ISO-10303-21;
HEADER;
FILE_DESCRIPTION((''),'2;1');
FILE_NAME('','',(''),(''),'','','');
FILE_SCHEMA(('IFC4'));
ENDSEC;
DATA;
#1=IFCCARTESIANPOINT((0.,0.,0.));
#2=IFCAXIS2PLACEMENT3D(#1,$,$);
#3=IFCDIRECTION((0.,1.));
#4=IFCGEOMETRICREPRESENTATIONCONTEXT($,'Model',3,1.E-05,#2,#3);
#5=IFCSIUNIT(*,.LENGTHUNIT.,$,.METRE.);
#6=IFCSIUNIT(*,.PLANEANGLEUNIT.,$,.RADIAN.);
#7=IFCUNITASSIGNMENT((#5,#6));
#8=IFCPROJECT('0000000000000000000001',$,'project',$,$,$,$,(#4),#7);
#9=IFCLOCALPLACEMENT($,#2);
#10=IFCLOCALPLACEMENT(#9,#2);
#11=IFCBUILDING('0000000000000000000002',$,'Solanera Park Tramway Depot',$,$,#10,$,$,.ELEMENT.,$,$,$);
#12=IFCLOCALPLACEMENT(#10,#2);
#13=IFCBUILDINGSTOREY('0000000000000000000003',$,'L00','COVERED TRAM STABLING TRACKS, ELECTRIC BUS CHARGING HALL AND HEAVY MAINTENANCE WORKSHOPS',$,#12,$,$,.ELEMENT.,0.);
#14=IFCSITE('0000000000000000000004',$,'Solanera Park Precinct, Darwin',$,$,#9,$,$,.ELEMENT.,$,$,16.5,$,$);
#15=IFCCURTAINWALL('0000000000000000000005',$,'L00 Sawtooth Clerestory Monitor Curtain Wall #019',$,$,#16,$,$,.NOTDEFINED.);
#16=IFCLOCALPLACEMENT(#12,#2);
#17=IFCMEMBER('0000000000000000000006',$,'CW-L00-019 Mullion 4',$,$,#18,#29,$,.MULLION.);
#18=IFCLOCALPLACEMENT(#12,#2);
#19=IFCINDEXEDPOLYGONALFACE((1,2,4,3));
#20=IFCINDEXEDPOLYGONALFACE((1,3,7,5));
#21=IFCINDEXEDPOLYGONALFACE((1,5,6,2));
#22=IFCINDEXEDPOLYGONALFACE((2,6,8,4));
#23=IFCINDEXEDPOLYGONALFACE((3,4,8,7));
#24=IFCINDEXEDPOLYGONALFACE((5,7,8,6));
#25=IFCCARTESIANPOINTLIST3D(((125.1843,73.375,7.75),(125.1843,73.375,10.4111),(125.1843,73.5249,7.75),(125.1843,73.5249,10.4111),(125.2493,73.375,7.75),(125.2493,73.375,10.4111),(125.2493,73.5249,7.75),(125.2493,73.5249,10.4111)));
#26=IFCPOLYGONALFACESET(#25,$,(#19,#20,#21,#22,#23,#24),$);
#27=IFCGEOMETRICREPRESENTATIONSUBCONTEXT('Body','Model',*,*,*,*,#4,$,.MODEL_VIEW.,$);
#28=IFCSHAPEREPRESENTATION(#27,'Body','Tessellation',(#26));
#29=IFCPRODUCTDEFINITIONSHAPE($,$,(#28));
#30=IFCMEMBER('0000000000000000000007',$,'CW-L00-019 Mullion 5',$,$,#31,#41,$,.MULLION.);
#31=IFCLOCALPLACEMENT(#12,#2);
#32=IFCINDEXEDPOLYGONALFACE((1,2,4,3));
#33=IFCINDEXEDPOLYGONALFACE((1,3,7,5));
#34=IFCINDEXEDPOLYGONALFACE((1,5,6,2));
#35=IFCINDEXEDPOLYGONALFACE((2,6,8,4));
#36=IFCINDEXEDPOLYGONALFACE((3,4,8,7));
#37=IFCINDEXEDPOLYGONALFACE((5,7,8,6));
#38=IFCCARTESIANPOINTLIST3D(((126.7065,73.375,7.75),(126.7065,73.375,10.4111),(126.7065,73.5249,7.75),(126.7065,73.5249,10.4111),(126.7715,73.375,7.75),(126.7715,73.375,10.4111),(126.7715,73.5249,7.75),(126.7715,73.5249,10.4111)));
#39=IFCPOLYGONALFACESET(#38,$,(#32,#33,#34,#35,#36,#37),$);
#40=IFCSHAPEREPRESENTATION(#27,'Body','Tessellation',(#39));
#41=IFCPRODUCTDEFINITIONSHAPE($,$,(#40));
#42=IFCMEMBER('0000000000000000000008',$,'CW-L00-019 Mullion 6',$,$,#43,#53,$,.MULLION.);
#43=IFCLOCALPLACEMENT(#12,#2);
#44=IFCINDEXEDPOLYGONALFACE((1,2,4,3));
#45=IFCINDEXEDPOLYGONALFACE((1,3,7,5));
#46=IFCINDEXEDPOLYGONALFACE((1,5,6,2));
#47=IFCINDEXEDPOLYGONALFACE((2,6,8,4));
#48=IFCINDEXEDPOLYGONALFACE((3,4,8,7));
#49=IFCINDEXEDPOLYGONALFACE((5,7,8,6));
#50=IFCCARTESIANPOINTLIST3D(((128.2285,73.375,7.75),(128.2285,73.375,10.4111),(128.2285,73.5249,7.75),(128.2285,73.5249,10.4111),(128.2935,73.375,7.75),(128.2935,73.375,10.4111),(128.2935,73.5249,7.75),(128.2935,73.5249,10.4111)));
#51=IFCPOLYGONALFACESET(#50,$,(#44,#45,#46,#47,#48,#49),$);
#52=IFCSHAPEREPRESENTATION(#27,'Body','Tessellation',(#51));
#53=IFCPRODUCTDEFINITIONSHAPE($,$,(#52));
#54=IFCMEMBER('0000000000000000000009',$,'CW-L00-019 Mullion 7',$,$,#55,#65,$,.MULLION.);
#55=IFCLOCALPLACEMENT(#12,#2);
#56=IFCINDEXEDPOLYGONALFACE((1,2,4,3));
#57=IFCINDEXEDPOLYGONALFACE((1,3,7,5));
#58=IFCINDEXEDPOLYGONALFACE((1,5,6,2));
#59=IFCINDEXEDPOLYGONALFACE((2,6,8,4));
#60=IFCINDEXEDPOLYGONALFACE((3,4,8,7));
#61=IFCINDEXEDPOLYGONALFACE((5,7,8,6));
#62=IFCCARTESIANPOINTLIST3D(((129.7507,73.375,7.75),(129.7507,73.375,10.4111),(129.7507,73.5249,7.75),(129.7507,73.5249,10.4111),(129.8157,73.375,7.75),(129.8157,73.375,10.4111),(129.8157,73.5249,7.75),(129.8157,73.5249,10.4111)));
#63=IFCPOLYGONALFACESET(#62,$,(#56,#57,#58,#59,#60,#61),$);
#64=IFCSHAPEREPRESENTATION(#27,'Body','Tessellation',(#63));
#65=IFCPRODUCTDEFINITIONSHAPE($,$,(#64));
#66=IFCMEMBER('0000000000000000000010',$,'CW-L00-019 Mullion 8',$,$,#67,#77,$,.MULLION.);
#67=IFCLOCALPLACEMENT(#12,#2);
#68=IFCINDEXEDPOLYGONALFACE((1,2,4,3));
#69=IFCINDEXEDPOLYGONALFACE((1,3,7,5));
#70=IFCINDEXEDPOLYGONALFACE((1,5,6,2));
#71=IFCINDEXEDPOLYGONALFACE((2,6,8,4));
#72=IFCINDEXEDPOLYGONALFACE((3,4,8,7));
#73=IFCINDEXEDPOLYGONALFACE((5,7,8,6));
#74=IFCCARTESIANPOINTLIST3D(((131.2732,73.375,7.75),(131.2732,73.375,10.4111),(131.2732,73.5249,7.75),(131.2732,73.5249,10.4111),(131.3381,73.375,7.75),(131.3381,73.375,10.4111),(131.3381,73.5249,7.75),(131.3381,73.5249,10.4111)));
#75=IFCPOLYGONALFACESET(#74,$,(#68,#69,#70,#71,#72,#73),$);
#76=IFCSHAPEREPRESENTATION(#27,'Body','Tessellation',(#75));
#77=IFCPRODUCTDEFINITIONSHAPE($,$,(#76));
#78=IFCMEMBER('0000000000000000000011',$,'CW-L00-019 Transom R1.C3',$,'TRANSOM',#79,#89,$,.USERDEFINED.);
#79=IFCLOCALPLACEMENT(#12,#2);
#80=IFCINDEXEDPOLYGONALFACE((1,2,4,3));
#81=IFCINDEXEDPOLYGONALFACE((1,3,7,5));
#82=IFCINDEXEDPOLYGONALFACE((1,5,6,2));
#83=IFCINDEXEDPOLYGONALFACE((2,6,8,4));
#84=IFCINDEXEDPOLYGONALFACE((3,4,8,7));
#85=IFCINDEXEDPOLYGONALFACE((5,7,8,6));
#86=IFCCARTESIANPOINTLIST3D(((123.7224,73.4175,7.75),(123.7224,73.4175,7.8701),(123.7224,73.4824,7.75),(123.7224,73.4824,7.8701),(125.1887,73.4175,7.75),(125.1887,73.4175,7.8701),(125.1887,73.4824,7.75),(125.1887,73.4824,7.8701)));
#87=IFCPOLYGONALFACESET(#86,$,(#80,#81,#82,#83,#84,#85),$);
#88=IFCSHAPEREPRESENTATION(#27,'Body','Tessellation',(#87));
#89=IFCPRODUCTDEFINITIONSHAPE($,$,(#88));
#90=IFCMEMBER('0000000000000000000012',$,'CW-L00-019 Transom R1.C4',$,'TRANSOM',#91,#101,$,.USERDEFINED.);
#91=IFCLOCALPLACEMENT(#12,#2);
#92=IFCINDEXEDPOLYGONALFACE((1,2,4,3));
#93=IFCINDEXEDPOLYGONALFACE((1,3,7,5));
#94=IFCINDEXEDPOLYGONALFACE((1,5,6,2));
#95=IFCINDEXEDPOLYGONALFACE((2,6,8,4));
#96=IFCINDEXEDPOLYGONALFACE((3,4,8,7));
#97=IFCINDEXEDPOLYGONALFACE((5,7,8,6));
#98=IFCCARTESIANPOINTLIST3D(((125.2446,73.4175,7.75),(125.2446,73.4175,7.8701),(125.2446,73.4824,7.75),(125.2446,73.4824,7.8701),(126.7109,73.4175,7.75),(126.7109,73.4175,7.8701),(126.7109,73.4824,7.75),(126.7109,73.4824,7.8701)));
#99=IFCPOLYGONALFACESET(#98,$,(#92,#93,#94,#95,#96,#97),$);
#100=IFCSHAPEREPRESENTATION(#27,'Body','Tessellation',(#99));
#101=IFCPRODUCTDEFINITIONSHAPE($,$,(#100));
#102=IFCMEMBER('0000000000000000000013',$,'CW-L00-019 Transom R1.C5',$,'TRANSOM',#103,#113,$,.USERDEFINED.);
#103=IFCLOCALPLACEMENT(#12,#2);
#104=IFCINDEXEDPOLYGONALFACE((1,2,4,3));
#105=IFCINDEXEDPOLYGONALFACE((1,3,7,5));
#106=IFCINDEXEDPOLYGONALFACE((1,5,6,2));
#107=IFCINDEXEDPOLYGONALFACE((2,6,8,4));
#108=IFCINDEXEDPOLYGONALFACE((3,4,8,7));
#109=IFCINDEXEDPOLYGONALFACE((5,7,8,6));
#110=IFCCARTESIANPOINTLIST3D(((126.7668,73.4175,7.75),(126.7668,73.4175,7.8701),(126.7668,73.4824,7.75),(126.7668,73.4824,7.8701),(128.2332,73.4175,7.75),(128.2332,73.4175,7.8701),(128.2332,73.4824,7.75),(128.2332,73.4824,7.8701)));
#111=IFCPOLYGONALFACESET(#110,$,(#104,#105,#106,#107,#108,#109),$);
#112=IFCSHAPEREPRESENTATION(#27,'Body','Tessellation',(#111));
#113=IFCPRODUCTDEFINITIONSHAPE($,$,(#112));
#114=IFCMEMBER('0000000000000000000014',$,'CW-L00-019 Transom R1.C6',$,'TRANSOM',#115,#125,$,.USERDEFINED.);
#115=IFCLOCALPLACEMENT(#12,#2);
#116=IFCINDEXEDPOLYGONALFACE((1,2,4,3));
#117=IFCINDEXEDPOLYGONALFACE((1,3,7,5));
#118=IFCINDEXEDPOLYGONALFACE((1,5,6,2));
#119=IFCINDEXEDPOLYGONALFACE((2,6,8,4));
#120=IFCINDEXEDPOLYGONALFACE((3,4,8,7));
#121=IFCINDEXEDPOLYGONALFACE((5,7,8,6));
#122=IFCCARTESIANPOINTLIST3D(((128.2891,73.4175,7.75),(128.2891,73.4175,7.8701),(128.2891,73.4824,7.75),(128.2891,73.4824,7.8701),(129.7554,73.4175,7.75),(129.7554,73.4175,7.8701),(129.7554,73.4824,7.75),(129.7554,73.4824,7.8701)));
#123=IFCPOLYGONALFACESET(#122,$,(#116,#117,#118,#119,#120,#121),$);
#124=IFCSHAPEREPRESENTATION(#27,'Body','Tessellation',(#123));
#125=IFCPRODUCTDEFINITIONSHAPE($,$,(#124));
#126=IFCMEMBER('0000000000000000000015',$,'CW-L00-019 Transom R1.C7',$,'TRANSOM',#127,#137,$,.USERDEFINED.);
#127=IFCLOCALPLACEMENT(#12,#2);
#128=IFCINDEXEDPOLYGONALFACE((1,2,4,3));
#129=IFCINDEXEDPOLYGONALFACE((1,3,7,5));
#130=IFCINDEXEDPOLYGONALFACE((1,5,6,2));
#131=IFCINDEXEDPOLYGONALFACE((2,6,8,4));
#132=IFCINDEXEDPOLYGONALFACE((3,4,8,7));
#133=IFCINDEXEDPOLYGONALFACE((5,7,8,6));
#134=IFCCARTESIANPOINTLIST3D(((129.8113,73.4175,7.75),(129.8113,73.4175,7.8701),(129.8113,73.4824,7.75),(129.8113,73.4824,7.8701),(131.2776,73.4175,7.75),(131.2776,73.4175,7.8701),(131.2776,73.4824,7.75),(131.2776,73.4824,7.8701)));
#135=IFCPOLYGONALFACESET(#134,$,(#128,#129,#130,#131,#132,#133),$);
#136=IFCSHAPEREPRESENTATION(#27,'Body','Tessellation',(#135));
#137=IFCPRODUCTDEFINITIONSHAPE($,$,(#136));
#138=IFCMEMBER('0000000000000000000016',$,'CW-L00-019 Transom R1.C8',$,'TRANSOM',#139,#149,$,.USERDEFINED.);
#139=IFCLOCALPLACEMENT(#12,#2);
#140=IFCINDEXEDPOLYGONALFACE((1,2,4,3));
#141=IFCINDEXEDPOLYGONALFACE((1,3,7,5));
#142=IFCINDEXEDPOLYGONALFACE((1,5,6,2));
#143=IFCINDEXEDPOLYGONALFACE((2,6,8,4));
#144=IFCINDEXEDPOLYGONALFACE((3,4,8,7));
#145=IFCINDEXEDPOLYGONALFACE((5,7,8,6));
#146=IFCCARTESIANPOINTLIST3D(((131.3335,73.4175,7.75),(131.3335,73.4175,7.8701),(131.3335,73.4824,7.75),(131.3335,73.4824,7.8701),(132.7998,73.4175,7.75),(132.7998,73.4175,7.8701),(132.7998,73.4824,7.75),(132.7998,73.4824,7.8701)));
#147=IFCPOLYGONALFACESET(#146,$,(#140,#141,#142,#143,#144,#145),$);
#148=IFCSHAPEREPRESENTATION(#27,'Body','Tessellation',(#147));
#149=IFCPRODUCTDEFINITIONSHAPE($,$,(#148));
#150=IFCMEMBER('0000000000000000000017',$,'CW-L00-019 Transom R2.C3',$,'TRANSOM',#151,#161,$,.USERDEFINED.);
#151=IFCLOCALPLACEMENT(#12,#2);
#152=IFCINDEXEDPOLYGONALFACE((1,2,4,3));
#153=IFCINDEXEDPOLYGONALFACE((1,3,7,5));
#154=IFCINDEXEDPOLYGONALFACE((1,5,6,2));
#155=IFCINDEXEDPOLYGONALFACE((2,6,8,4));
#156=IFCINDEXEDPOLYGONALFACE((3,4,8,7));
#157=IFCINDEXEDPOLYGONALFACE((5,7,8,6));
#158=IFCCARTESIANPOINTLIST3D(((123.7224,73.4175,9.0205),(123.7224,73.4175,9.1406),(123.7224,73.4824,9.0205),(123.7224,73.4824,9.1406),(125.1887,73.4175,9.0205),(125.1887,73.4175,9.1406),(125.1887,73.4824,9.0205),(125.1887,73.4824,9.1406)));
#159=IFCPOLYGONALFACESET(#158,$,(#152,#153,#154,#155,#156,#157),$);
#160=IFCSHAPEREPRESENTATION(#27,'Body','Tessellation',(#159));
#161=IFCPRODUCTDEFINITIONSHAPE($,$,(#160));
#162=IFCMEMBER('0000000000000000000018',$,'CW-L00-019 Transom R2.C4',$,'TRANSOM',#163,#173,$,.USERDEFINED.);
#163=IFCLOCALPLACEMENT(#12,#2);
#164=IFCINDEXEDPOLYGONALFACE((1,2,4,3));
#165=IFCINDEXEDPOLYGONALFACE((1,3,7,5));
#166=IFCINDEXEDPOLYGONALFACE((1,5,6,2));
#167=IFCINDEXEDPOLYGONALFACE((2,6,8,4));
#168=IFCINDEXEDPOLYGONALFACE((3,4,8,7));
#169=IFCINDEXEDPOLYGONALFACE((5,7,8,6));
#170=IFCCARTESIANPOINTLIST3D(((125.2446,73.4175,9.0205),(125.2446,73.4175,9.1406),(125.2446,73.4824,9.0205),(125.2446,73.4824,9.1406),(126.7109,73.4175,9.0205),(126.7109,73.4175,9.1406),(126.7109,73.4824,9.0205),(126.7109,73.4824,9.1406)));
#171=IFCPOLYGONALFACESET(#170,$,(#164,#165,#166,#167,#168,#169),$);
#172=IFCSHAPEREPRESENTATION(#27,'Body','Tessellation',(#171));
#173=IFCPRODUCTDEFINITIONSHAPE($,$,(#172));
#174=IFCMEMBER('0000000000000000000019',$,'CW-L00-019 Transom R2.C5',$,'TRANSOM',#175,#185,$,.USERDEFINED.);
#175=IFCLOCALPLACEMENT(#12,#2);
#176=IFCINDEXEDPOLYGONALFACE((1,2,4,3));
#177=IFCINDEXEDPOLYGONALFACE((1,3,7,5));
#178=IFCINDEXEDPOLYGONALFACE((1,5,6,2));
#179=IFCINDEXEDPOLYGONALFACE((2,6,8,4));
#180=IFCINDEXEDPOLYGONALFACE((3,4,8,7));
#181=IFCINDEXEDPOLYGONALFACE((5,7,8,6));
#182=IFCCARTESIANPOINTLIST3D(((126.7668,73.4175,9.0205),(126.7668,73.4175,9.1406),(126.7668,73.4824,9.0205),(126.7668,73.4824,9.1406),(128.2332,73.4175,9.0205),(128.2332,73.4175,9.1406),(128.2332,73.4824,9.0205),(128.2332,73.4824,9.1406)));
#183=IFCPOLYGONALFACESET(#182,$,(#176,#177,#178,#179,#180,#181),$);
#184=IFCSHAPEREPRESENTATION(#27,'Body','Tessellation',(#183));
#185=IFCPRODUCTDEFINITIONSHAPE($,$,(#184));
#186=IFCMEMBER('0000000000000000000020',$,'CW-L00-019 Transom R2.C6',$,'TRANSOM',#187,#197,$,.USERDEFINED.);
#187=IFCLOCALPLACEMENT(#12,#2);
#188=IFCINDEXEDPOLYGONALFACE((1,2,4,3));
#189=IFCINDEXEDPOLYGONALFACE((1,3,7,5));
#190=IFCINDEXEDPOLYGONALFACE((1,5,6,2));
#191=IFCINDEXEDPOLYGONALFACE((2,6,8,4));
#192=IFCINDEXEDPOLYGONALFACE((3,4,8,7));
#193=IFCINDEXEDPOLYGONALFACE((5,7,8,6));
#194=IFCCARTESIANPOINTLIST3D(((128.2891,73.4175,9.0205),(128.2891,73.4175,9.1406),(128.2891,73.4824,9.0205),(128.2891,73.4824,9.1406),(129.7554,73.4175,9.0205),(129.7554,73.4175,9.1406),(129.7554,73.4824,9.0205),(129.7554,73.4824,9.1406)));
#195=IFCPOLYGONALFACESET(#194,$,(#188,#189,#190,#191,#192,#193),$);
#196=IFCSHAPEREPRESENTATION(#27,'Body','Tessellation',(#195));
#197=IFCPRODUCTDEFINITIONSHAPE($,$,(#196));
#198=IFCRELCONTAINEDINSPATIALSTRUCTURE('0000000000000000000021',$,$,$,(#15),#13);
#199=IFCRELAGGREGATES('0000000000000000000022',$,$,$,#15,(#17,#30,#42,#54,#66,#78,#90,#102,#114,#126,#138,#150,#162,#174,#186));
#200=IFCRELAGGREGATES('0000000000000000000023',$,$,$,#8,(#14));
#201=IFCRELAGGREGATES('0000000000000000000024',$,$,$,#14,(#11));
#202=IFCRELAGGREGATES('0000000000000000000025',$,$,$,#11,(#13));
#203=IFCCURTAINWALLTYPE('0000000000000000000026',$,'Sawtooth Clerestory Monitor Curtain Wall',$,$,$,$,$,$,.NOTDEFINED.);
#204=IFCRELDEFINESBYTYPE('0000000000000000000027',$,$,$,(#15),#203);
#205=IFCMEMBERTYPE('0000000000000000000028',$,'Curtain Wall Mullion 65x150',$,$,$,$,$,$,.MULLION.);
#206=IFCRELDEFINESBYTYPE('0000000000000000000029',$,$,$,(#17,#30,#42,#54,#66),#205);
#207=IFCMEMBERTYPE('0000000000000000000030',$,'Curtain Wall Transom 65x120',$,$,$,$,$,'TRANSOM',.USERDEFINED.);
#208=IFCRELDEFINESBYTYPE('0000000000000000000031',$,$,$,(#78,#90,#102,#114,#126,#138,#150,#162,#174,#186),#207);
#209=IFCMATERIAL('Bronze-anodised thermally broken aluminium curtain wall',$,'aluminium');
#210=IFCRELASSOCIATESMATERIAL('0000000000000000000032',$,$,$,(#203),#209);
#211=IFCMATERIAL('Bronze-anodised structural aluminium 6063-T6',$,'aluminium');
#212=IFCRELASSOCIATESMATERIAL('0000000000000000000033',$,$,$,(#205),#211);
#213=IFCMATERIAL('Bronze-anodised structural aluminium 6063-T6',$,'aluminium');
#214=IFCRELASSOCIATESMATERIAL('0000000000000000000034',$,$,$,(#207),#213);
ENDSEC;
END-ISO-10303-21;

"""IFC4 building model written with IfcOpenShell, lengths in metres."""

from ifc_helpers import new_model, si_unit, direction, frame, origin, origin_2d, place, context, subcontext, project, spatial, rectangle, extrude, material, material_profile, profile_set, type_object, element, aggregate, save


model = new_model("IFC4")

# Units and contexts
model_context = context("Model", 3, precision=1e-05, world=origin(), true_north=direction((0.0, 1.0)))
body_context = subcontext(model_context, "Body", "Model", "MODEL_VIEW")
ifc_project = project(units=[si_unit("LENGTHUNIT", "METRE"), si_unit("PLANEANGLEUNIT", "RADIAN")], contexts=[model_context])

# Site, building, storey
site_placement = place(None, origin())
site = spatial("IfcSite", under=ifc_project, at=site_placement, Name="Solanera Park Precinct, Darwin", CompositionType="ELEMENT", RefElevation=16.5)
building_placement = place(site_placement, origin())
building = spatial("IfcBuilding", under=site, at=building_placement, Name="Solanera Park Tramway Depot", CompositionType="ELEMENT")
storey_placement = place(building_placement, origin())
storey = spatial("IfcBuildingStorey", under=building, at=storey_placement, Name="L00", Description="COVERED TRAM STABLING TRACKS, ELECTRIC BUS CHARGING HALL AND HEAVY MAINTENANCE WORKSHOPS", CompositionType="ELEMENT", Elevation=0.0)

# Curtain wall, members
ifc_material_1 = material(Name="Bronze-anodised thermally broken aluminium curtain wall", Category="aluminium")
curtain_wall_type = type_object("IfcCurtainWallType", Name="Sawtooth Clerestory Monitor Curtain Wall", PredefinedType="NOTDEFINED", material=ifc_material_1)
curtain_wall_placement = place(storey_placement, origin())
curtain_wall = element("IfcCurtainWall", 1, at=curtain_wall_placement, inside=storey, type_object=curtain_wall_type, Name="L00 Sawtooth Clerestory Monitor Curtain Wall #019", PredefinedType="NOTDEFINED")
ifc_material_2 = material(Name="Bronze-anodised structural aluminium 6063-T6", Category="aluminium")
ifc_material_profile_1 = material_profile(ifc_material_2, rectangle(XDim=0.0649, YDim=0.1499, at=origin_2d()), Name="Curtain Wall Mullion 65x150")
ifc_profile_set_1 = profile_set([ifc_material_profile_1], Name="Bronze-anodised structural aluminium 6063-T6")
member_type_1 = type_object("IfcMemberType", Name="Curtain Wall Mullion 65x150", PredefinedType="MULLION", material=ifc_profile_set_1)
member_1_placement = place(storey_placement, frame((125.2168, 73.45, 7.75), z_axis=(0.0, 0.0, 1.0), x_axis=(1.0, 0.0, 0.0)))
member_1 = element("IfcMember", 2, at=member_1_placement, type_object=member_type_1, Name="CW-L00-019 Mullion 4", PredefinedType="MULLION", context=body_context, shape_type="SweptSolid", body=[
    extrude(rectangle(XDim=0.0649, YDim=0.1499, at=origin_2d()), origin(), (0.0, 0.0, 1.0), 2.6611),
])
member_2_placement = place(storey_placement, frame((126.739, 73.45, 7.75), z_axis=(0.0, 0.0, 1.0), x_axis=(1.0, 0.0, 0.0)))
member_2 = element("IfcMember", 3, at=member_2_placement, type_object=member_type_1, Name="CW-L00-019 Mullion 5", PredefinedType="MULLION", context=body_context, shape_type="SweptSolid", body=[
    extrude(rectangle(XDim=0.0649, YDim=0.1499, at=origin_2d()), origin(), (0.0, 0.0, 1.0), 2.6611),
])
member_3_placement = place(storey_placement, frame((128.261, 73.45, 7.75), z_axis=(0.0, 0.0, 1.0), x_axis=(1.0, 0.0, 0.0)))
member_3 = element("IfcMember", 4, at=member_3_placement, type_object=member_type_1, Name="CW-L00-019 Mullion 6", PredefinedType="MULLION", context=body_context, shape_type="SweptSolid", body=[
    extrude(rectangle(XDim=0.0649, YDim=0.1499, at=origin_2d()), origin(), (0.0, 0.0, 1.0), 2.6611),
])
member_4_placement = place(storey_placement, frame((129.7832, 73.45, 7.75), z_axis=(0.0, 0.0, 1.0), x_axis=(1.0, 0.0, 0.0)))
member_4 = element("IfcMember", 5, at=member_4_placement, type_object=member_type_1, Name="CW-L00-019 Mullion 7", PredefinedType="MULLION", context=body_context, shape_type="SweptSolid", body=[
    extrude(rectangle(XDim=0.0649, YDim=0.1499, at=origin_2d()), origin(), (0.0, 0.0, 1.0), 2.6611),
])
member_5_placement = place(storey_placement, frame((131.3057, 73.45, 7.75), z_axis=(0.0, 0.0, 1.0), x_axis=(1.0, 0.0, 0.0)))
member_5 = element("IfcMember", 6, at=member_5_placement, type_object=member_type_1, Name="CW-L00-019 Mullion 8", PredefinedType="MULLION", context=body_context, shape_type="SweptSolid", body=[
    extrude(rectangle(XDim=0.0649, YDim=0.1499, at=origin_2d()), origin(), (0.0, 0.0, 1.0), 2.6611),
])
ifc_material_3 = material(Name="Bronze-anodised structural aluminium 6063-T6", Category="aluminium")
ifc_material_profile_2 = material_profile(ifc_material_3, rectangle(XDim=0.0649, YDim=0.1201, at=origin_2d()), Name="Curtain Wall Transom 65x120")
ifc_profile_set_2 = profile_set([ifc_material_profile_2], Name="Bronze-anodised structural aluminium 6063-T6")
member_type_2 = type_object("IfcMemberType", Name="Curtain Wall Transom 65x120", ElementType="TRANSOM", PredefinedType="USERDEFINED", material=ifc_profile_set_2)
member_6_placement = place(storey_placement, frame((123.7224, 73.45, 7.8101), z_axis=(1.0, 0.0, 0.0), x_axis=(0.0, 1.0, 0.0)))
member_6 = element("IfcMember", 7, at=member_6_placement, type_object=member_type_2, Name="CW-L00-019 Transom R1.C3", ObjectType="TRANSOM", PredefinedType="USERDEFINED", context=body_context, shape_type="SweptSolid", body=[
    extrude(rectangle(XDim=0.0649, YDim=0.1201, at=origin_2d()), origin(), (0.0, 0.0, 1.0), 1.4663),
])
member_7_placement = place(storey_placement, frame((125.2446, 73.45, 7.8101), z_axis=(1.0, 0.0, 0.0), x_axis=(0.0, 1.0, 0.0)))
member_7 = element("IfcMember", 8, at=member_7_placement, type_object=member_type_2, Name="CW-L00-019 Transom R1.C4", ObjectType="TRANSOM", PredefinedType="USERDEFINED", context=body_context, shape_type="SweptSolid", body=[
    extrude(rectangle(XDim=0.0649, YDim=0.1201, at=origin_2d()), origin(), (0.0, 0.0, 1.0), 1.4663),
])
member_8_placement = place(storey_placement, frame((126.7668, 73.45, 7.8101), z_axis=(1.0, 0.0, 0.0), x_axis=(0.0, 1.0, 0.0)))
member_8 = element("IfcMember", 9, at=member_8_placement, type_object=member_type_2, Name="CW-L00-019 Transom R1.C5", ObjectType="TRANSOM", PredefinedType="USERDEFINED", context=body_context, shape_type="SweptSolid", body=[
    extrude(rectangle(XDim=0.0649, YDim=0.1201, at=origin_2d()), origin(), (0.0, 0.0, 1.0), 1.4663),
])
member_9_placement = place(storey_placement, frame((128.2891, 73.45, 7.8101), z_axis=(1.0, 0.0, 0.0), x_axis=(0.0, 1.0, 0.0)))
member_9 = element("IfcMember", 10, at=member_9_placement, type_object=member_type_2, Name="CW-L00-019 Transom R1.C6", ObjectType="TRANSOM", PredefinedType="USERDEFINED", context=body_context, shape_type="SweptSolid", body=[
    extrude(rectangle(XDim=0.0649, YDim=0.1201, at=origin_2d()), origin(), (0.0, 0.0, 1.0), 1.4663),
])
member_10_placement = place(storey_placement, frame((129.8113, 73.45, 7.8101), z_axis=(1.0, 0.0, 0.0), x_axis=(0.0, 1.0, 0.0)))
member_10 = element("IfcMember", 11, at=member_10_placement, type_object=member_type_2, Name="CW-L00-019 Transom R1.C7", ObjectType="TRANSOM", PredefinedType="USERDEFINED", context=body_context, shape_type="SweptSolid", body=[
    extrude(rectangle(XDim=0.0649, YDim=0.1201, at=origin_2d()), origin(), (0.0, 0.0, 1.0), 1.4663),
])
member_11_placement = place(storey_placement, frame((131.3335, 73.45, 7.8101), z_axis=(1.0, 0.0, 0.0), x_axis=(0.0, 1.0, 0.0)))
member_11 = element("IfcMember", 12, at=member_11_placement, type_object=member_type_2, Name="CW-L00-019 Transom R1.C8", ObjectType="TRANSOM", PredefinedType="USERDEFINED", context=body_context, shape_type="SweptSolid", body=[
    extrude(rectangle(XDim=0.0649, YDim=0.1201, at=origin_2d()), origin(), (0.0, 0.0, 1.0), 1.4663),
])
member_12_placement = place(storey_placement, frame((123.7224, 73.45, 9.0806), z_axis=(1.0, 0.0, 0.0), x_axis=(0.0, 1.0, 0.0)))
member_12 = element("IfcMember", 13, at=member_12_placement, type_object=member_type_2, Name="CW-L00-019 Transom R2.C3", ObjectType="TRANSOM", PredefinedType="USERDEFINED", context=body_context, shape_type="SweptSolid", body=[
    extrude(rectangle(XDim=0.0649, YDim=0.1201, at=origin_2d()), origin(), (0.0, 0.0, 1.0), 1.4663),
])
member_13_placement = place(storey_placement, frame((125.2446, 73.45, 9.0806), z_axis=(1.0, 0.0, 0.0), x_axis=(0.0, 1.0, 0.0)))
member_13 = element("IfcMember", 14, at=member_13_placement, type_object=member_type_2, Name="CW-L00-019 Transom R2.C4", ObjectType="TRANSOM", PredefinedType="USERDEFINED", context=body_context, shape_type="SweptSolid", body=[
    extrude(rectangle(XDim=0.0649, YDim=0.1201, at=origin_2d()), origin(), (0.0, 0.0, 1.0), 1.4663),
])
member_14_placement = place(storey_placement, frame((126.7668, 73.45, 9.0806), z_axis=(1.0, 0.0, 0.0), x_axis=(0.0, 1.0, 0.0)))
member_14 = element("IfcMember", 15, at=member_14_placement, type_object=member_type_2, Name="CW-L00-019 Transom R2.C5", ObjectType="TRANSOM", PredefinedType="USERDEFINED", context=body_context, shape_type="SweptSolid", body=[
    extrude(rectangle(XDim=0.0649, YDim=0.1201, at=origin_2d()), origin(), (0.0, 0.0, 1.0), 1.4663),
])
member_15_placement = place(storey_placement, frame((128.2891, 73.45, 9.0806), z_axis=(1.0, 0.0, 0.0), x_axis=(0.0, 1.0, 0.0)))
member_15 = element("IfcMember", 16, at=member_15_placement, type_object=member_type_2, Name="CW-L00-019 Transom R2.C6", ObjectType="TRANSOM", PredefinedType="USERDEFINED", context=body_context, shape_type="SweptSolid", body=[
    extrude(rectangle(XDim=0.0649, YDim=0.1201, at=origin_2d()), origin(), (0.0, 0.0, 1.0), 1.4663),
])
aggregate(curtain_wall, [member_1, member_2, member_3, member_4, member_5, member_6, member_7, member_8, member_9, member_10, member_11, member_12, member_13, member_14, member_15])

save(model, "model.ifc")
